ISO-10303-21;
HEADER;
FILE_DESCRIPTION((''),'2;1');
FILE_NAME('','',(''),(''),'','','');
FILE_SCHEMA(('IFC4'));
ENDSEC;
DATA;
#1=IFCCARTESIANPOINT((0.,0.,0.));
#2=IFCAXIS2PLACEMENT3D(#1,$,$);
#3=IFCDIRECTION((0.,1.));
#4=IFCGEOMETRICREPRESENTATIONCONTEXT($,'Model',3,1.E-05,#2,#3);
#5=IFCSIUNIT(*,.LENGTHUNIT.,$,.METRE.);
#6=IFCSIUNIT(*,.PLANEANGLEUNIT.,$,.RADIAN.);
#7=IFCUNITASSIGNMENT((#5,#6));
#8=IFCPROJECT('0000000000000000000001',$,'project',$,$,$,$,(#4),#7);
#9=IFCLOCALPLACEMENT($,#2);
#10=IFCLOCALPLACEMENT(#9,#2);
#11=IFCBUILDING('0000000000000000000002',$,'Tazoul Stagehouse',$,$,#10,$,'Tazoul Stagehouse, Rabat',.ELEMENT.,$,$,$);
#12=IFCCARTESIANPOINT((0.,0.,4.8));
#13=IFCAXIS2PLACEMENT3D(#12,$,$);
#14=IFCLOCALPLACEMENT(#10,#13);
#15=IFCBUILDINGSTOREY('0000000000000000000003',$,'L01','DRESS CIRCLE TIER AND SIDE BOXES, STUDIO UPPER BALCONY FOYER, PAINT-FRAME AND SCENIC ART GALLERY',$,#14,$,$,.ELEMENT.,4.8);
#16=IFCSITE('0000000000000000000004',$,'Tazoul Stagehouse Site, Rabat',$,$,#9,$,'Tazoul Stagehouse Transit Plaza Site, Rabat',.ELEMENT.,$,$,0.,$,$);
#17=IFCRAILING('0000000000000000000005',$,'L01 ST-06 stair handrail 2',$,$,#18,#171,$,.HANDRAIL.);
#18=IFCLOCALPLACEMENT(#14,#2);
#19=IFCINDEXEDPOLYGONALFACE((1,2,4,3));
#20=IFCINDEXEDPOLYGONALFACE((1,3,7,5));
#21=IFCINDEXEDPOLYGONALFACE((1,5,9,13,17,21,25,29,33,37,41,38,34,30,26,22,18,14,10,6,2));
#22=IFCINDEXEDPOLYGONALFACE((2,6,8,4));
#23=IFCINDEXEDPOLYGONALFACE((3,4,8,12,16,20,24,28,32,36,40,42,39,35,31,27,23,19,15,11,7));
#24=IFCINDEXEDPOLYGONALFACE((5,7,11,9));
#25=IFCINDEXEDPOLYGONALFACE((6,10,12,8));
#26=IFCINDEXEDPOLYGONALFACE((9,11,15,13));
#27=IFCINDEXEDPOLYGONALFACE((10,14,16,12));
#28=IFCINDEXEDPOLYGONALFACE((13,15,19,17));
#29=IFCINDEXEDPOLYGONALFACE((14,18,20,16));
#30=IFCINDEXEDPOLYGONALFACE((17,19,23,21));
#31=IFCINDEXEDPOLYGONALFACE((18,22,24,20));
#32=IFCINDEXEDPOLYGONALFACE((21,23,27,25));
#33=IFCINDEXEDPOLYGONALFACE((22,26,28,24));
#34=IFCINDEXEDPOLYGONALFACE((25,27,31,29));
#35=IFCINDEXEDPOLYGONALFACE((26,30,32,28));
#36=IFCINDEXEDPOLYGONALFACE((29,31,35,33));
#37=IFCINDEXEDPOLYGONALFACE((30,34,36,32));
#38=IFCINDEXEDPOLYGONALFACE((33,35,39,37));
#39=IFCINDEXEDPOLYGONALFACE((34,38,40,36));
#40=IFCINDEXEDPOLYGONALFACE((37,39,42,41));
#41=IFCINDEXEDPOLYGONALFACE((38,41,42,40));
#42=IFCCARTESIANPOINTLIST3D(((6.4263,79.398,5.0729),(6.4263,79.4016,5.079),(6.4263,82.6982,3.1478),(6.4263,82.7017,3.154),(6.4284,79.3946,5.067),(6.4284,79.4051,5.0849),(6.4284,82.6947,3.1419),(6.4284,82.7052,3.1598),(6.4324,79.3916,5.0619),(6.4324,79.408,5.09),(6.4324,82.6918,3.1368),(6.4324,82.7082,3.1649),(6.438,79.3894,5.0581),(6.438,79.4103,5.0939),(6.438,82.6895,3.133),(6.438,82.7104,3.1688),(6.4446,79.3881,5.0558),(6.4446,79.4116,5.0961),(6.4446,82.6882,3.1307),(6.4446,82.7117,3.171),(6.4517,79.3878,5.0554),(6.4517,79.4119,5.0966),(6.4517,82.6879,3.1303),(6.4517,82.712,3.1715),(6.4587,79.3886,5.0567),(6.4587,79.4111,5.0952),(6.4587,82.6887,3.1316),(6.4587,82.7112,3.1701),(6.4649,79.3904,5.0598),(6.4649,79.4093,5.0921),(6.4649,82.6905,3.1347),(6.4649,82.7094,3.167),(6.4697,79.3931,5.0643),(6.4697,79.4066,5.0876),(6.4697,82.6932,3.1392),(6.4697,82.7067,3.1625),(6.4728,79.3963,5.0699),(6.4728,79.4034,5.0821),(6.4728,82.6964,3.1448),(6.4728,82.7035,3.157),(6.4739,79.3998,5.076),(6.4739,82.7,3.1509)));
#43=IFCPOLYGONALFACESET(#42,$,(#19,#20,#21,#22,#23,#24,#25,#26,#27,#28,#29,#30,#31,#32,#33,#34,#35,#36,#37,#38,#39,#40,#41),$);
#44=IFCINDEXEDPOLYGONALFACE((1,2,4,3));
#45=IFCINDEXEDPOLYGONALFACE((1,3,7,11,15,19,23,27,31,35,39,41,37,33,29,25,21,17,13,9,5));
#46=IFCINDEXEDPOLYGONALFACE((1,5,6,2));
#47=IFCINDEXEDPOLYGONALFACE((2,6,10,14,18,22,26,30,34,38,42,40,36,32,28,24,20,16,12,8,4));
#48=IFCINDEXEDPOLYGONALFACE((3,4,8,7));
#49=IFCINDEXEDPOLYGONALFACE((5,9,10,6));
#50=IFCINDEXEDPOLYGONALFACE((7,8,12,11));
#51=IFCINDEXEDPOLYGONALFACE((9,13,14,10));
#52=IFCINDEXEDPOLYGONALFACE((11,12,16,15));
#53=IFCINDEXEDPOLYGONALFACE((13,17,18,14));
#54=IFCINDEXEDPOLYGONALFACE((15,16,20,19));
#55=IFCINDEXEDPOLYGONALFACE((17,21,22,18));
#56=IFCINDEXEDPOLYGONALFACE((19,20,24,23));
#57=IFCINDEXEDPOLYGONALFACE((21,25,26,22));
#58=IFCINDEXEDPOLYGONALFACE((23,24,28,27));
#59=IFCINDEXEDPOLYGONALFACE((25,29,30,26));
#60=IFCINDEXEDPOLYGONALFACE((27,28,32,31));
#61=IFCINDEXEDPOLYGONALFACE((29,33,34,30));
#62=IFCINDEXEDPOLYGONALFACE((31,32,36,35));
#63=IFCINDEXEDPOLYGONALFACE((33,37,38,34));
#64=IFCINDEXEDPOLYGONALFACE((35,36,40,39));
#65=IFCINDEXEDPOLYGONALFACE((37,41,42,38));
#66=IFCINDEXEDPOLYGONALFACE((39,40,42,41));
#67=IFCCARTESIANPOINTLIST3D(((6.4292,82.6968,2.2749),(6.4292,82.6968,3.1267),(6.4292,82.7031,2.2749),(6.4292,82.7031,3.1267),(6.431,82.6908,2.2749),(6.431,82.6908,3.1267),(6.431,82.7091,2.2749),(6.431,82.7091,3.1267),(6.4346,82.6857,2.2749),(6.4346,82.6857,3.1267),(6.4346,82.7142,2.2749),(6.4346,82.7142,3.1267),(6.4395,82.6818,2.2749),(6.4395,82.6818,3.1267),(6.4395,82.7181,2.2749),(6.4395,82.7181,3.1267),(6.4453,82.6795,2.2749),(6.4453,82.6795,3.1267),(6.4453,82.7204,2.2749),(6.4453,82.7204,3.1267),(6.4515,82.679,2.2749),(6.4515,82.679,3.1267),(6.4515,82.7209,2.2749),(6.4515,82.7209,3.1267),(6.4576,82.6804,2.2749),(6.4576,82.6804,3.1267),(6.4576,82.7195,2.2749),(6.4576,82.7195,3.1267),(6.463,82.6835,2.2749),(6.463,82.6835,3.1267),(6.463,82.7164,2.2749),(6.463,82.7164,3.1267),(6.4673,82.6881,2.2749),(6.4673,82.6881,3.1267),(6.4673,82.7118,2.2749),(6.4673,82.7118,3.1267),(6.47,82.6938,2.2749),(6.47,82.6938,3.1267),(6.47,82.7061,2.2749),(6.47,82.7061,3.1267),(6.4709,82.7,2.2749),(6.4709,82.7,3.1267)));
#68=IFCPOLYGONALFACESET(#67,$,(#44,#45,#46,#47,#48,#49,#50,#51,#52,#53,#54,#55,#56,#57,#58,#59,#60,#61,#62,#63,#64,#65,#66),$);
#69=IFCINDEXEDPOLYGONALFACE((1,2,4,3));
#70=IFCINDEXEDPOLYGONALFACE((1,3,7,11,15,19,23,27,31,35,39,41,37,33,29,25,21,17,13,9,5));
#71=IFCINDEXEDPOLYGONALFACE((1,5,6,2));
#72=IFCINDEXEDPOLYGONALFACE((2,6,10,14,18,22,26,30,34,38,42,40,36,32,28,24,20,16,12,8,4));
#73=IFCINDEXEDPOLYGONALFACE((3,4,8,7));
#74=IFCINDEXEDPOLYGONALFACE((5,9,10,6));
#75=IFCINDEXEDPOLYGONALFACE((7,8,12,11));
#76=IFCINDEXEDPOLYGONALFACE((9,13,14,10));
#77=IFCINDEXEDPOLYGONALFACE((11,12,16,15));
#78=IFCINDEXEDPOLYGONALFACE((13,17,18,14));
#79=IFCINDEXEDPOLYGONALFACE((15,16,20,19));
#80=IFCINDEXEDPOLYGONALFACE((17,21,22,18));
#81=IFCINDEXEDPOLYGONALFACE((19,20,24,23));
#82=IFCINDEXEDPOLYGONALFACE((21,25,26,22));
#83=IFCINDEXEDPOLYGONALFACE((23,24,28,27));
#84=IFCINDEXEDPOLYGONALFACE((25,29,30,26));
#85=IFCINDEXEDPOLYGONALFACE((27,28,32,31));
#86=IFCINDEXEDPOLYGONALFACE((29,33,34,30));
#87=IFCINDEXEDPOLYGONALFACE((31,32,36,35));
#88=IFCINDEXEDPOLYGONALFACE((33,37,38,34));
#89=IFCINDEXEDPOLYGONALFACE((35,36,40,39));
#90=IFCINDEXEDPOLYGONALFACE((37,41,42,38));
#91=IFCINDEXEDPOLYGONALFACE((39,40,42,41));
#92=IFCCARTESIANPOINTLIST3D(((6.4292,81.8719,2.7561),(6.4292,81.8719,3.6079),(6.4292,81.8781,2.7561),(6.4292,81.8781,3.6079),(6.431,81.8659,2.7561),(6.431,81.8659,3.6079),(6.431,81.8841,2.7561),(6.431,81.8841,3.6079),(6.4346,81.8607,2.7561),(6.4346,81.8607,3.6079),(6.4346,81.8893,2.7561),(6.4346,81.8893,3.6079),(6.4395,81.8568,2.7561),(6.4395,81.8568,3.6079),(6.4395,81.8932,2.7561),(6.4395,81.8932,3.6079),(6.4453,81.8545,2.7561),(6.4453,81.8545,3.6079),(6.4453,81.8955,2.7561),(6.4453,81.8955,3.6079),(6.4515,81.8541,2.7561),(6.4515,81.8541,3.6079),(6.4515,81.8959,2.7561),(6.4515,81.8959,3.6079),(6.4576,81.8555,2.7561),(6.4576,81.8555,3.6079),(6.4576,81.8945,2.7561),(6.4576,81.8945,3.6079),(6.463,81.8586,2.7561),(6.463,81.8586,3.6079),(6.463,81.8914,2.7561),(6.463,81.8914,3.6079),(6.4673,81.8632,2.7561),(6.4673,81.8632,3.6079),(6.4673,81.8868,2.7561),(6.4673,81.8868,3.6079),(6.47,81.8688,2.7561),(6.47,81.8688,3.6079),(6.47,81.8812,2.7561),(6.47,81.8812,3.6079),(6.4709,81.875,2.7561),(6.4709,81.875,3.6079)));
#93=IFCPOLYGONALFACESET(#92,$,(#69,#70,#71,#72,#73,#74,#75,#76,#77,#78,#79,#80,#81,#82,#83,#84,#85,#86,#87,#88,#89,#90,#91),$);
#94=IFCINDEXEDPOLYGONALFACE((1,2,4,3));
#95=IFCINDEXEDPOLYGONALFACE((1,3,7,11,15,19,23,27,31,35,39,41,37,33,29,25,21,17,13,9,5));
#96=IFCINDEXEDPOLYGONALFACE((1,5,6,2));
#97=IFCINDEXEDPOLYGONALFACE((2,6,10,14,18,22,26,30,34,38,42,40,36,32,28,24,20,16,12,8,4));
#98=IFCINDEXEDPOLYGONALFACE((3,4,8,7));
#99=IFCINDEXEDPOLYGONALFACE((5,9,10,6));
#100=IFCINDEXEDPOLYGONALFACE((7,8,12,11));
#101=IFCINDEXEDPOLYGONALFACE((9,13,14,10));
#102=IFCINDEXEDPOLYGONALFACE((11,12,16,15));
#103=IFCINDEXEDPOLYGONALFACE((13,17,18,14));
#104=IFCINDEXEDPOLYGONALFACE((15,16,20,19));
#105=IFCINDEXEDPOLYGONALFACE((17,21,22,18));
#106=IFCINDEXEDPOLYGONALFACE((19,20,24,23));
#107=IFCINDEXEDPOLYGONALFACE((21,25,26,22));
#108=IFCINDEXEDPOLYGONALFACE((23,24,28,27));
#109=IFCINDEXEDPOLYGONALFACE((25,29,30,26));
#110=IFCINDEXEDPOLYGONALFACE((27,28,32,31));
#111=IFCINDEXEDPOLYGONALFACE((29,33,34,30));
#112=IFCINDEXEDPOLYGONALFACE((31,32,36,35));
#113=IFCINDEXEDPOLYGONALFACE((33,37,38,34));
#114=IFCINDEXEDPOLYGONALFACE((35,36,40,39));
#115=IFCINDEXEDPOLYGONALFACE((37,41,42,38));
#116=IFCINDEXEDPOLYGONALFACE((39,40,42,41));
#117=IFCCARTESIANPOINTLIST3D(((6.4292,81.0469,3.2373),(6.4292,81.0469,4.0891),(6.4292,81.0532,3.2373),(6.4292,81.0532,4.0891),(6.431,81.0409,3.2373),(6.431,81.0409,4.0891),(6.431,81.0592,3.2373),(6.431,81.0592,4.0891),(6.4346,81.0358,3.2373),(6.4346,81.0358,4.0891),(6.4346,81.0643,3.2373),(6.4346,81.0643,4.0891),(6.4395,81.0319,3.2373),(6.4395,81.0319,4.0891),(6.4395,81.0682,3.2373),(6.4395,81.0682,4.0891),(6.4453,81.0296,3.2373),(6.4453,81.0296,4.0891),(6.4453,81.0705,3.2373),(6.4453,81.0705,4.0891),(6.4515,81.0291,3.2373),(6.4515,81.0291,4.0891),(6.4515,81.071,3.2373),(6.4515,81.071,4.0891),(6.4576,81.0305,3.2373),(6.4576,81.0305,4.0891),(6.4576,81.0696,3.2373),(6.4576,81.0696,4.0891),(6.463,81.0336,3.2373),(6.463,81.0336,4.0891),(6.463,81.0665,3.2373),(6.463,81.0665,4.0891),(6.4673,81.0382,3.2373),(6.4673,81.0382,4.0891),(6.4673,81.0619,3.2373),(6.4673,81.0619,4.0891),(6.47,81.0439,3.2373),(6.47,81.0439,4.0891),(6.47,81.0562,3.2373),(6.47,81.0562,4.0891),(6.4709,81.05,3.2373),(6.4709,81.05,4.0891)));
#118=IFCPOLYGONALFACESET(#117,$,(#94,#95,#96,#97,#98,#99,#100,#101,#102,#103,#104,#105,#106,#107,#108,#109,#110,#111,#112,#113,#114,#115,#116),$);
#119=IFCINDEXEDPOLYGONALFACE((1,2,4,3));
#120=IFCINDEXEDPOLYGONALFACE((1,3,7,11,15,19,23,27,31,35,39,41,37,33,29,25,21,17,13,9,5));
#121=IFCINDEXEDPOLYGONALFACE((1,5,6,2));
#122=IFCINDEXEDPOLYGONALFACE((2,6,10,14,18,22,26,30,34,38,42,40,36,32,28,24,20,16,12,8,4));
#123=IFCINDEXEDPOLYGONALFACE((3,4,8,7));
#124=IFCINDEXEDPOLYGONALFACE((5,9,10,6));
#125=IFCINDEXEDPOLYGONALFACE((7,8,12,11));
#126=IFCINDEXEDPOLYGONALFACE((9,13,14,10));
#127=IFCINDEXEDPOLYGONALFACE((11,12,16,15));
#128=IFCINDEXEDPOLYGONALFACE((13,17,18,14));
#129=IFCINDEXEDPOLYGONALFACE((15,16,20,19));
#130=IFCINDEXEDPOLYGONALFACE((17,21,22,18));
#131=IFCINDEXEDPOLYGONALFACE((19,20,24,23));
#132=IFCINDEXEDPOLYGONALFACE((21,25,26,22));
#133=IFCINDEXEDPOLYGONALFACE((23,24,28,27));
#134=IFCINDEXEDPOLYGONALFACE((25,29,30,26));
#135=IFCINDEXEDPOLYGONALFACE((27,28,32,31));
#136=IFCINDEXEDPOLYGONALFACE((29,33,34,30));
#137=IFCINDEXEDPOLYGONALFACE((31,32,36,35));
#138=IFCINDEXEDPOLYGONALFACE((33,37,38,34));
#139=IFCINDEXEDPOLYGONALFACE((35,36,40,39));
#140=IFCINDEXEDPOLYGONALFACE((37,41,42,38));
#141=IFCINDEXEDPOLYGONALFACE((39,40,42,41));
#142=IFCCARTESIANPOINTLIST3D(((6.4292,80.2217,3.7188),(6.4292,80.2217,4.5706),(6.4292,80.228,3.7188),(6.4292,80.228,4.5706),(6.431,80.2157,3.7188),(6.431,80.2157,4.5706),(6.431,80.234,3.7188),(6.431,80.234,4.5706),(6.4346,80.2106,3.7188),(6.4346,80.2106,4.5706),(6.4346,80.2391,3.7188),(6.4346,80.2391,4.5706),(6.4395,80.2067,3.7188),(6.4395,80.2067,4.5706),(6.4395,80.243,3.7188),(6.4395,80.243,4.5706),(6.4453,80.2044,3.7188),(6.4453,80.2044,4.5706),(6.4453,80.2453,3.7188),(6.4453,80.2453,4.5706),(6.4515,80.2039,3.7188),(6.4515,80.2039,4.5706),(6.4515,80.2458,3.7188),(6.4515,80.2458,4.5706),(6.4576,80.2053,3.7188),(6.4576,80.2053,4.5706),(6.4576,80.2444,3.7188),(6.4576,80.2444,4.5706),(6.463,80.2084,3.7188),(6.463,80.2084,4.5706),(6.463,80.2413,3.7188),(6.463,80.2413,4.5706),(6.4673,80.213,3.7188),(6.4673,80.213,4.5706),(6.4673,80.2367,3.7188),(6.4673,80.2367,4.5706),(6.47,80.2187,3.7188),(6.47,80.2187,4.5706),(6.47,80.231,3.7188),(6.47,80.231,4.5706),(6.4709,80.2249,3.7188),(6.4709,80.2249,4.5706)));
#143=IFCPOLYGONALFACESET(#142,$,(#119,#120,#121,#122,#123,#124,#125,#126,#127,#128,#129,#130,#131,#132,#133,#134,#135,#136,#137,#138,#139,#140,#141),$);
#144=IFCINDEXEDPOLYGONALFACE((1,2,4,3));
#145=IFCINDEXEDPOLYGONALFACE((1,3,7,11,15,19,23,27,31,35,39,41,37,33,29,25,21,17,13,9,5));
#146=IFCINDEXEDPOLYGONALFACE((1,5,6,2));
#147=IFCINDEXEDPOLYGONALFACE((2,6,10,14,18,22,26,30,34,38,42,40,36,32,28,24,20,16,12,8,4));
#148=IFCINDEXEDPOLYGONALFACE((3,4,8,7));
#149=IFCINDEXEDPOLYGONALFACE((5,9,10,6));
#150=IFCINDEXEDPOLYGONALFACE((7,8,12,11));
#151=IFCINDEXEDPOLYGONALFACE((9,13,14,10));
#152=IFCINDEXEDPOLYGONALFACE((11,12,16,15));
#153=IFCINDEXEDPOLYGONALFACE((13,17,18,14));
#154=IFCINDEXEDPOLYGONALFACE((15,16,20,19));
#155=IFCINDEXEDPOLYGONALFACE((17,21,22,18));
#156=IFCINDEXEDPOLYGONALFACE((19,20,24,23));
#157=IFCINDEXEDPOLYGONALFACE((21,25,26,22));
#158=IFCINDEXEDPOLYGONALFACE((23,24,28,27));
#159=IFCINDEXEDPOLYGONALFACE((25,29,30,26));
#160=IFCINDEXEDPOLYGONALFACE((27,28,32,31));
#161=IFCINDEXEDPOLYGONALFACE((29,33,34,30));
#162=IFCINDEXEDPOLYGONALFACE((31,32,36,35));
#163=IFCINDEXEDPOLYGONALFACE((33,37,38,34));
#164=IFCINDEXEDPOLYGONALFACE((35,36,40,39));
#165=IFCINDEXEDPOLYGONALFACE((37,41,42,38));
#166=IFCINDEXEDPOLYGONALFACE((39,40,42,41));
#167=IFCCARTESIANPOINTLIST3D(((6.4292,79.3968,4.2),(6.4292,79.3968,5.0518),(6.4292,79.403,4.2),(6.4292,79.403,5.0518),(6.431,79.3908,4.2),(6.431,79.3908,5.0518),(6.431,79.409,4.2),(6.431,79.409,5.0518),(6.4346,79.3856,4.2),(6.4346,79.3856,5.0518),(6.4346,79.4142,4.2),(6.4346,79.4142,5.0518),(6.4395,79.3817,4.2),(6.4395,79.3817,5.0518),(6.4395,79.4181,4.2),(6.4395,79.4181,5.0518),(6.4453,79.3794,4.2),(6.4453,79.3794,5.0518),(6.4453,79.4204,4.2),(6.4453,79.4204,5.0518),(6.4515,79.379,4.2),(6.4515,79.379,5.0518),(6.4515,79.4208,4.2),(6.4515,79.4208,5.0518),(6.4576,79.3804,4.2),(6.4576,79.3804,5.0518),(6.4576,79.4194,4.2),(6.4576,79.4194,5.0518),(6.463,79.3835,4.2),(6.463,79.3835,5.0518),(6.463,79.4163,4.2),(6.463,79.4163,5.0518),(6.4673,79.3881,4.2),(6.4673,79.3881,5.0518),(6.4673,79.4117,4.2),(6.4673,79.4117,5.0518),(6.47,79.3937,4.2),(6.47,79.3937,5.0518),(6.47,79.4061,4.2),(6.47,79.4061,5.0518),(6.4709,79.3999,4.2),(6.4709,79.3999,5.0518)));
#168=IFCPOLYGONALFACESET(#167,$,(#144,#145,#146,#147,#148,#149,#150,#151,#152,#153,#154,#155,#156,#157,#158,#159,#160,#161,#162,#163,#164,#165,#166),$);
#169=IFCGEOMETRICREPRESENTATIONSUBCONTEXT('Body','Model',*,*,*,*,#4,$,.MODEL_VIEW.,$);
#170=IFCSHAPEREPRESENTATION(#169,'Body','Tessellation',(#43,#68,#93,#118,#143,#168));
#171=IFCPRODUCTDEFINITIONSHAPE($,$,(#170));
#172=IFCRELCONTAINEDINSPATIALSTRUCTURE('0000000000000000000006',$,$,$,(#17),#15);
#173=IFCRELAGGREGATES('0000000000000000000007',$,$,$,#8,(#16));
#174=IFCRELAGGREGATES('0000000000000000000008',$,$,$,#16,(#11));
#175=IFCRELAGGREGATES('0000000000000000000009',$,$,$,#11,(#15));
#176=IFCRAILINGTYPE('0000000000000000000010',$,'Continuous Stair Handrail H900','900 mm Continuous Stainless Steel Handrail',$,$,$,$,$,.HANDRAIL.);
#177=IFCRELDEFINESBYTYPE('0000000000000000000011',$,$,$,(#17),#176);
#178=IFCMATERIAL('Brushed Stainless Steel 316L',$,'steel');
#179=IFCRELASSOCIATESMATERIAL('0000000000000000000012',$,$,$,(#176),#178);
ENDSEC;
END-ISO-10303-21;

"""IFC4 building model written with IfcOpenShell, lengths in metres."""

from ifc_helpers import new_model, si_unit, direction, frame, origin, origin_2d, place, context, subcontext, project, spatial, circle, extrude, material, material_profile, profile_set, type_object, element, save


model = new_model("IFC4")

# Units and contexts
model_context = context("Model", 3, precision=1e-05, world=origin(), true_north=direction((0.0, 1.0)))
body_context = subcontext(model_context, "Body", "Model", "MODEL_VIEW")
ifc_project = project(units=[si_unit("LENGTHUNIT", "METRE"), si_unit("PLANEANGLEUNIT", "RADIAN")], contexts=[model_context])

# Site, building, storey
site_placement = place(None, origin())
site = spatial("IfcSite", under=ifc_project, at=site_placement, Name="Tazoul Stagehouse Site, Rabat", LongName="Tazoul Stagehouse Transit Plaza Site, Rabat", CompositionType="ELEMENT", RefElevation=0.0)
building_placement = place(site_placement, origin())
building = spatial("IfcBuilding", under=site, at=building_placement, Name="Tazoul Stagehouse", LongName="Tazoul Stagehouse, Rabat", CompositionType="ELEMENT")
storey_placement = place(building_placement, frame((0.0, 0.0, 4.8)))
storey = spatial("IfcBuildingStorey", under=building, at=storey_placement, Name="L01", Description="DRESS CIRCLE TIER AND SIDE BOXES, STUDIO UPPER BALCONY FOYER, PAINT-FRAME AND SCENIC ART GALLERY", CompositionType="ELEMENT", Elevation=4.8)

# Railing
ifc_material_1 = material(Name="Brushed Stainless Steel 316L", Category="steel")
ifc_material_profile_1 = material_profile(ifc_material_1, circle(Radius=0.021, at=origin_2d()), Name="SS HANDRAIL D42")
ifc_profile_set_1 = profile_set([ifc_material_profile_1], Name="Brushed Stainless Steel 316L")
railing_type_1 = type_object("IfcRailingType", Name="Continuous Stair Handrail H900", Description="900 mm Continuous Stainless Steel Handrail", PredefinedType="HANDRAIL", material=ifc_profile_set_1)
railing_1_placement = place(storey_placement, frame((6.45, 82.7, 2.2749)))
element("IfcRailing", 1, at=railing_1_placement, inside=storey, type_object=railing_type_1, Name="L01 ST-06 stair handrail 2", PredefinedType="HANDRAIL", context=body_context, shape_type="SweptSolid", body=[
    extrude(circle(Radius=0.0239, at=origin_2d()), frame((0.0, 0.0, 0.876), z_axis=(0.0, -0.863777, 0.503875), x_axis=(1.0, 0.0, 0.0)), (0.0, 0.0, 1.0), 3.8206),
    extrude(circle(Radius=0.021, at=origin_2d()), origin(), (0.0, 0.0, 1.0), 0.8518),
    extrude(circle(Radius=0.021, at=origin_2d()), frame((0.0, -0.825, 0.4812)), (0.0, 0.0, 1.0), 0.8518),
    extrude(circle(Radius=0.021, at=origin_2d()), frame((0.0, -1.6499, 0.9624)), (0.0, 0.0, 1.0), 0.8518),
    extrude(circle(Radius=0.021, at=origin_2d()), frame((0.0, -2.4751, 1.4438)), (0.0, 0.0, 1.0), 0.8518),
    extrude(circle(Radius=0.021, at=origin_2d()), frame((0.0, -3.3, 1.925)), (0.0, 0.0, 1.0), 0.8518),
])

save(model, "model.ifc")
